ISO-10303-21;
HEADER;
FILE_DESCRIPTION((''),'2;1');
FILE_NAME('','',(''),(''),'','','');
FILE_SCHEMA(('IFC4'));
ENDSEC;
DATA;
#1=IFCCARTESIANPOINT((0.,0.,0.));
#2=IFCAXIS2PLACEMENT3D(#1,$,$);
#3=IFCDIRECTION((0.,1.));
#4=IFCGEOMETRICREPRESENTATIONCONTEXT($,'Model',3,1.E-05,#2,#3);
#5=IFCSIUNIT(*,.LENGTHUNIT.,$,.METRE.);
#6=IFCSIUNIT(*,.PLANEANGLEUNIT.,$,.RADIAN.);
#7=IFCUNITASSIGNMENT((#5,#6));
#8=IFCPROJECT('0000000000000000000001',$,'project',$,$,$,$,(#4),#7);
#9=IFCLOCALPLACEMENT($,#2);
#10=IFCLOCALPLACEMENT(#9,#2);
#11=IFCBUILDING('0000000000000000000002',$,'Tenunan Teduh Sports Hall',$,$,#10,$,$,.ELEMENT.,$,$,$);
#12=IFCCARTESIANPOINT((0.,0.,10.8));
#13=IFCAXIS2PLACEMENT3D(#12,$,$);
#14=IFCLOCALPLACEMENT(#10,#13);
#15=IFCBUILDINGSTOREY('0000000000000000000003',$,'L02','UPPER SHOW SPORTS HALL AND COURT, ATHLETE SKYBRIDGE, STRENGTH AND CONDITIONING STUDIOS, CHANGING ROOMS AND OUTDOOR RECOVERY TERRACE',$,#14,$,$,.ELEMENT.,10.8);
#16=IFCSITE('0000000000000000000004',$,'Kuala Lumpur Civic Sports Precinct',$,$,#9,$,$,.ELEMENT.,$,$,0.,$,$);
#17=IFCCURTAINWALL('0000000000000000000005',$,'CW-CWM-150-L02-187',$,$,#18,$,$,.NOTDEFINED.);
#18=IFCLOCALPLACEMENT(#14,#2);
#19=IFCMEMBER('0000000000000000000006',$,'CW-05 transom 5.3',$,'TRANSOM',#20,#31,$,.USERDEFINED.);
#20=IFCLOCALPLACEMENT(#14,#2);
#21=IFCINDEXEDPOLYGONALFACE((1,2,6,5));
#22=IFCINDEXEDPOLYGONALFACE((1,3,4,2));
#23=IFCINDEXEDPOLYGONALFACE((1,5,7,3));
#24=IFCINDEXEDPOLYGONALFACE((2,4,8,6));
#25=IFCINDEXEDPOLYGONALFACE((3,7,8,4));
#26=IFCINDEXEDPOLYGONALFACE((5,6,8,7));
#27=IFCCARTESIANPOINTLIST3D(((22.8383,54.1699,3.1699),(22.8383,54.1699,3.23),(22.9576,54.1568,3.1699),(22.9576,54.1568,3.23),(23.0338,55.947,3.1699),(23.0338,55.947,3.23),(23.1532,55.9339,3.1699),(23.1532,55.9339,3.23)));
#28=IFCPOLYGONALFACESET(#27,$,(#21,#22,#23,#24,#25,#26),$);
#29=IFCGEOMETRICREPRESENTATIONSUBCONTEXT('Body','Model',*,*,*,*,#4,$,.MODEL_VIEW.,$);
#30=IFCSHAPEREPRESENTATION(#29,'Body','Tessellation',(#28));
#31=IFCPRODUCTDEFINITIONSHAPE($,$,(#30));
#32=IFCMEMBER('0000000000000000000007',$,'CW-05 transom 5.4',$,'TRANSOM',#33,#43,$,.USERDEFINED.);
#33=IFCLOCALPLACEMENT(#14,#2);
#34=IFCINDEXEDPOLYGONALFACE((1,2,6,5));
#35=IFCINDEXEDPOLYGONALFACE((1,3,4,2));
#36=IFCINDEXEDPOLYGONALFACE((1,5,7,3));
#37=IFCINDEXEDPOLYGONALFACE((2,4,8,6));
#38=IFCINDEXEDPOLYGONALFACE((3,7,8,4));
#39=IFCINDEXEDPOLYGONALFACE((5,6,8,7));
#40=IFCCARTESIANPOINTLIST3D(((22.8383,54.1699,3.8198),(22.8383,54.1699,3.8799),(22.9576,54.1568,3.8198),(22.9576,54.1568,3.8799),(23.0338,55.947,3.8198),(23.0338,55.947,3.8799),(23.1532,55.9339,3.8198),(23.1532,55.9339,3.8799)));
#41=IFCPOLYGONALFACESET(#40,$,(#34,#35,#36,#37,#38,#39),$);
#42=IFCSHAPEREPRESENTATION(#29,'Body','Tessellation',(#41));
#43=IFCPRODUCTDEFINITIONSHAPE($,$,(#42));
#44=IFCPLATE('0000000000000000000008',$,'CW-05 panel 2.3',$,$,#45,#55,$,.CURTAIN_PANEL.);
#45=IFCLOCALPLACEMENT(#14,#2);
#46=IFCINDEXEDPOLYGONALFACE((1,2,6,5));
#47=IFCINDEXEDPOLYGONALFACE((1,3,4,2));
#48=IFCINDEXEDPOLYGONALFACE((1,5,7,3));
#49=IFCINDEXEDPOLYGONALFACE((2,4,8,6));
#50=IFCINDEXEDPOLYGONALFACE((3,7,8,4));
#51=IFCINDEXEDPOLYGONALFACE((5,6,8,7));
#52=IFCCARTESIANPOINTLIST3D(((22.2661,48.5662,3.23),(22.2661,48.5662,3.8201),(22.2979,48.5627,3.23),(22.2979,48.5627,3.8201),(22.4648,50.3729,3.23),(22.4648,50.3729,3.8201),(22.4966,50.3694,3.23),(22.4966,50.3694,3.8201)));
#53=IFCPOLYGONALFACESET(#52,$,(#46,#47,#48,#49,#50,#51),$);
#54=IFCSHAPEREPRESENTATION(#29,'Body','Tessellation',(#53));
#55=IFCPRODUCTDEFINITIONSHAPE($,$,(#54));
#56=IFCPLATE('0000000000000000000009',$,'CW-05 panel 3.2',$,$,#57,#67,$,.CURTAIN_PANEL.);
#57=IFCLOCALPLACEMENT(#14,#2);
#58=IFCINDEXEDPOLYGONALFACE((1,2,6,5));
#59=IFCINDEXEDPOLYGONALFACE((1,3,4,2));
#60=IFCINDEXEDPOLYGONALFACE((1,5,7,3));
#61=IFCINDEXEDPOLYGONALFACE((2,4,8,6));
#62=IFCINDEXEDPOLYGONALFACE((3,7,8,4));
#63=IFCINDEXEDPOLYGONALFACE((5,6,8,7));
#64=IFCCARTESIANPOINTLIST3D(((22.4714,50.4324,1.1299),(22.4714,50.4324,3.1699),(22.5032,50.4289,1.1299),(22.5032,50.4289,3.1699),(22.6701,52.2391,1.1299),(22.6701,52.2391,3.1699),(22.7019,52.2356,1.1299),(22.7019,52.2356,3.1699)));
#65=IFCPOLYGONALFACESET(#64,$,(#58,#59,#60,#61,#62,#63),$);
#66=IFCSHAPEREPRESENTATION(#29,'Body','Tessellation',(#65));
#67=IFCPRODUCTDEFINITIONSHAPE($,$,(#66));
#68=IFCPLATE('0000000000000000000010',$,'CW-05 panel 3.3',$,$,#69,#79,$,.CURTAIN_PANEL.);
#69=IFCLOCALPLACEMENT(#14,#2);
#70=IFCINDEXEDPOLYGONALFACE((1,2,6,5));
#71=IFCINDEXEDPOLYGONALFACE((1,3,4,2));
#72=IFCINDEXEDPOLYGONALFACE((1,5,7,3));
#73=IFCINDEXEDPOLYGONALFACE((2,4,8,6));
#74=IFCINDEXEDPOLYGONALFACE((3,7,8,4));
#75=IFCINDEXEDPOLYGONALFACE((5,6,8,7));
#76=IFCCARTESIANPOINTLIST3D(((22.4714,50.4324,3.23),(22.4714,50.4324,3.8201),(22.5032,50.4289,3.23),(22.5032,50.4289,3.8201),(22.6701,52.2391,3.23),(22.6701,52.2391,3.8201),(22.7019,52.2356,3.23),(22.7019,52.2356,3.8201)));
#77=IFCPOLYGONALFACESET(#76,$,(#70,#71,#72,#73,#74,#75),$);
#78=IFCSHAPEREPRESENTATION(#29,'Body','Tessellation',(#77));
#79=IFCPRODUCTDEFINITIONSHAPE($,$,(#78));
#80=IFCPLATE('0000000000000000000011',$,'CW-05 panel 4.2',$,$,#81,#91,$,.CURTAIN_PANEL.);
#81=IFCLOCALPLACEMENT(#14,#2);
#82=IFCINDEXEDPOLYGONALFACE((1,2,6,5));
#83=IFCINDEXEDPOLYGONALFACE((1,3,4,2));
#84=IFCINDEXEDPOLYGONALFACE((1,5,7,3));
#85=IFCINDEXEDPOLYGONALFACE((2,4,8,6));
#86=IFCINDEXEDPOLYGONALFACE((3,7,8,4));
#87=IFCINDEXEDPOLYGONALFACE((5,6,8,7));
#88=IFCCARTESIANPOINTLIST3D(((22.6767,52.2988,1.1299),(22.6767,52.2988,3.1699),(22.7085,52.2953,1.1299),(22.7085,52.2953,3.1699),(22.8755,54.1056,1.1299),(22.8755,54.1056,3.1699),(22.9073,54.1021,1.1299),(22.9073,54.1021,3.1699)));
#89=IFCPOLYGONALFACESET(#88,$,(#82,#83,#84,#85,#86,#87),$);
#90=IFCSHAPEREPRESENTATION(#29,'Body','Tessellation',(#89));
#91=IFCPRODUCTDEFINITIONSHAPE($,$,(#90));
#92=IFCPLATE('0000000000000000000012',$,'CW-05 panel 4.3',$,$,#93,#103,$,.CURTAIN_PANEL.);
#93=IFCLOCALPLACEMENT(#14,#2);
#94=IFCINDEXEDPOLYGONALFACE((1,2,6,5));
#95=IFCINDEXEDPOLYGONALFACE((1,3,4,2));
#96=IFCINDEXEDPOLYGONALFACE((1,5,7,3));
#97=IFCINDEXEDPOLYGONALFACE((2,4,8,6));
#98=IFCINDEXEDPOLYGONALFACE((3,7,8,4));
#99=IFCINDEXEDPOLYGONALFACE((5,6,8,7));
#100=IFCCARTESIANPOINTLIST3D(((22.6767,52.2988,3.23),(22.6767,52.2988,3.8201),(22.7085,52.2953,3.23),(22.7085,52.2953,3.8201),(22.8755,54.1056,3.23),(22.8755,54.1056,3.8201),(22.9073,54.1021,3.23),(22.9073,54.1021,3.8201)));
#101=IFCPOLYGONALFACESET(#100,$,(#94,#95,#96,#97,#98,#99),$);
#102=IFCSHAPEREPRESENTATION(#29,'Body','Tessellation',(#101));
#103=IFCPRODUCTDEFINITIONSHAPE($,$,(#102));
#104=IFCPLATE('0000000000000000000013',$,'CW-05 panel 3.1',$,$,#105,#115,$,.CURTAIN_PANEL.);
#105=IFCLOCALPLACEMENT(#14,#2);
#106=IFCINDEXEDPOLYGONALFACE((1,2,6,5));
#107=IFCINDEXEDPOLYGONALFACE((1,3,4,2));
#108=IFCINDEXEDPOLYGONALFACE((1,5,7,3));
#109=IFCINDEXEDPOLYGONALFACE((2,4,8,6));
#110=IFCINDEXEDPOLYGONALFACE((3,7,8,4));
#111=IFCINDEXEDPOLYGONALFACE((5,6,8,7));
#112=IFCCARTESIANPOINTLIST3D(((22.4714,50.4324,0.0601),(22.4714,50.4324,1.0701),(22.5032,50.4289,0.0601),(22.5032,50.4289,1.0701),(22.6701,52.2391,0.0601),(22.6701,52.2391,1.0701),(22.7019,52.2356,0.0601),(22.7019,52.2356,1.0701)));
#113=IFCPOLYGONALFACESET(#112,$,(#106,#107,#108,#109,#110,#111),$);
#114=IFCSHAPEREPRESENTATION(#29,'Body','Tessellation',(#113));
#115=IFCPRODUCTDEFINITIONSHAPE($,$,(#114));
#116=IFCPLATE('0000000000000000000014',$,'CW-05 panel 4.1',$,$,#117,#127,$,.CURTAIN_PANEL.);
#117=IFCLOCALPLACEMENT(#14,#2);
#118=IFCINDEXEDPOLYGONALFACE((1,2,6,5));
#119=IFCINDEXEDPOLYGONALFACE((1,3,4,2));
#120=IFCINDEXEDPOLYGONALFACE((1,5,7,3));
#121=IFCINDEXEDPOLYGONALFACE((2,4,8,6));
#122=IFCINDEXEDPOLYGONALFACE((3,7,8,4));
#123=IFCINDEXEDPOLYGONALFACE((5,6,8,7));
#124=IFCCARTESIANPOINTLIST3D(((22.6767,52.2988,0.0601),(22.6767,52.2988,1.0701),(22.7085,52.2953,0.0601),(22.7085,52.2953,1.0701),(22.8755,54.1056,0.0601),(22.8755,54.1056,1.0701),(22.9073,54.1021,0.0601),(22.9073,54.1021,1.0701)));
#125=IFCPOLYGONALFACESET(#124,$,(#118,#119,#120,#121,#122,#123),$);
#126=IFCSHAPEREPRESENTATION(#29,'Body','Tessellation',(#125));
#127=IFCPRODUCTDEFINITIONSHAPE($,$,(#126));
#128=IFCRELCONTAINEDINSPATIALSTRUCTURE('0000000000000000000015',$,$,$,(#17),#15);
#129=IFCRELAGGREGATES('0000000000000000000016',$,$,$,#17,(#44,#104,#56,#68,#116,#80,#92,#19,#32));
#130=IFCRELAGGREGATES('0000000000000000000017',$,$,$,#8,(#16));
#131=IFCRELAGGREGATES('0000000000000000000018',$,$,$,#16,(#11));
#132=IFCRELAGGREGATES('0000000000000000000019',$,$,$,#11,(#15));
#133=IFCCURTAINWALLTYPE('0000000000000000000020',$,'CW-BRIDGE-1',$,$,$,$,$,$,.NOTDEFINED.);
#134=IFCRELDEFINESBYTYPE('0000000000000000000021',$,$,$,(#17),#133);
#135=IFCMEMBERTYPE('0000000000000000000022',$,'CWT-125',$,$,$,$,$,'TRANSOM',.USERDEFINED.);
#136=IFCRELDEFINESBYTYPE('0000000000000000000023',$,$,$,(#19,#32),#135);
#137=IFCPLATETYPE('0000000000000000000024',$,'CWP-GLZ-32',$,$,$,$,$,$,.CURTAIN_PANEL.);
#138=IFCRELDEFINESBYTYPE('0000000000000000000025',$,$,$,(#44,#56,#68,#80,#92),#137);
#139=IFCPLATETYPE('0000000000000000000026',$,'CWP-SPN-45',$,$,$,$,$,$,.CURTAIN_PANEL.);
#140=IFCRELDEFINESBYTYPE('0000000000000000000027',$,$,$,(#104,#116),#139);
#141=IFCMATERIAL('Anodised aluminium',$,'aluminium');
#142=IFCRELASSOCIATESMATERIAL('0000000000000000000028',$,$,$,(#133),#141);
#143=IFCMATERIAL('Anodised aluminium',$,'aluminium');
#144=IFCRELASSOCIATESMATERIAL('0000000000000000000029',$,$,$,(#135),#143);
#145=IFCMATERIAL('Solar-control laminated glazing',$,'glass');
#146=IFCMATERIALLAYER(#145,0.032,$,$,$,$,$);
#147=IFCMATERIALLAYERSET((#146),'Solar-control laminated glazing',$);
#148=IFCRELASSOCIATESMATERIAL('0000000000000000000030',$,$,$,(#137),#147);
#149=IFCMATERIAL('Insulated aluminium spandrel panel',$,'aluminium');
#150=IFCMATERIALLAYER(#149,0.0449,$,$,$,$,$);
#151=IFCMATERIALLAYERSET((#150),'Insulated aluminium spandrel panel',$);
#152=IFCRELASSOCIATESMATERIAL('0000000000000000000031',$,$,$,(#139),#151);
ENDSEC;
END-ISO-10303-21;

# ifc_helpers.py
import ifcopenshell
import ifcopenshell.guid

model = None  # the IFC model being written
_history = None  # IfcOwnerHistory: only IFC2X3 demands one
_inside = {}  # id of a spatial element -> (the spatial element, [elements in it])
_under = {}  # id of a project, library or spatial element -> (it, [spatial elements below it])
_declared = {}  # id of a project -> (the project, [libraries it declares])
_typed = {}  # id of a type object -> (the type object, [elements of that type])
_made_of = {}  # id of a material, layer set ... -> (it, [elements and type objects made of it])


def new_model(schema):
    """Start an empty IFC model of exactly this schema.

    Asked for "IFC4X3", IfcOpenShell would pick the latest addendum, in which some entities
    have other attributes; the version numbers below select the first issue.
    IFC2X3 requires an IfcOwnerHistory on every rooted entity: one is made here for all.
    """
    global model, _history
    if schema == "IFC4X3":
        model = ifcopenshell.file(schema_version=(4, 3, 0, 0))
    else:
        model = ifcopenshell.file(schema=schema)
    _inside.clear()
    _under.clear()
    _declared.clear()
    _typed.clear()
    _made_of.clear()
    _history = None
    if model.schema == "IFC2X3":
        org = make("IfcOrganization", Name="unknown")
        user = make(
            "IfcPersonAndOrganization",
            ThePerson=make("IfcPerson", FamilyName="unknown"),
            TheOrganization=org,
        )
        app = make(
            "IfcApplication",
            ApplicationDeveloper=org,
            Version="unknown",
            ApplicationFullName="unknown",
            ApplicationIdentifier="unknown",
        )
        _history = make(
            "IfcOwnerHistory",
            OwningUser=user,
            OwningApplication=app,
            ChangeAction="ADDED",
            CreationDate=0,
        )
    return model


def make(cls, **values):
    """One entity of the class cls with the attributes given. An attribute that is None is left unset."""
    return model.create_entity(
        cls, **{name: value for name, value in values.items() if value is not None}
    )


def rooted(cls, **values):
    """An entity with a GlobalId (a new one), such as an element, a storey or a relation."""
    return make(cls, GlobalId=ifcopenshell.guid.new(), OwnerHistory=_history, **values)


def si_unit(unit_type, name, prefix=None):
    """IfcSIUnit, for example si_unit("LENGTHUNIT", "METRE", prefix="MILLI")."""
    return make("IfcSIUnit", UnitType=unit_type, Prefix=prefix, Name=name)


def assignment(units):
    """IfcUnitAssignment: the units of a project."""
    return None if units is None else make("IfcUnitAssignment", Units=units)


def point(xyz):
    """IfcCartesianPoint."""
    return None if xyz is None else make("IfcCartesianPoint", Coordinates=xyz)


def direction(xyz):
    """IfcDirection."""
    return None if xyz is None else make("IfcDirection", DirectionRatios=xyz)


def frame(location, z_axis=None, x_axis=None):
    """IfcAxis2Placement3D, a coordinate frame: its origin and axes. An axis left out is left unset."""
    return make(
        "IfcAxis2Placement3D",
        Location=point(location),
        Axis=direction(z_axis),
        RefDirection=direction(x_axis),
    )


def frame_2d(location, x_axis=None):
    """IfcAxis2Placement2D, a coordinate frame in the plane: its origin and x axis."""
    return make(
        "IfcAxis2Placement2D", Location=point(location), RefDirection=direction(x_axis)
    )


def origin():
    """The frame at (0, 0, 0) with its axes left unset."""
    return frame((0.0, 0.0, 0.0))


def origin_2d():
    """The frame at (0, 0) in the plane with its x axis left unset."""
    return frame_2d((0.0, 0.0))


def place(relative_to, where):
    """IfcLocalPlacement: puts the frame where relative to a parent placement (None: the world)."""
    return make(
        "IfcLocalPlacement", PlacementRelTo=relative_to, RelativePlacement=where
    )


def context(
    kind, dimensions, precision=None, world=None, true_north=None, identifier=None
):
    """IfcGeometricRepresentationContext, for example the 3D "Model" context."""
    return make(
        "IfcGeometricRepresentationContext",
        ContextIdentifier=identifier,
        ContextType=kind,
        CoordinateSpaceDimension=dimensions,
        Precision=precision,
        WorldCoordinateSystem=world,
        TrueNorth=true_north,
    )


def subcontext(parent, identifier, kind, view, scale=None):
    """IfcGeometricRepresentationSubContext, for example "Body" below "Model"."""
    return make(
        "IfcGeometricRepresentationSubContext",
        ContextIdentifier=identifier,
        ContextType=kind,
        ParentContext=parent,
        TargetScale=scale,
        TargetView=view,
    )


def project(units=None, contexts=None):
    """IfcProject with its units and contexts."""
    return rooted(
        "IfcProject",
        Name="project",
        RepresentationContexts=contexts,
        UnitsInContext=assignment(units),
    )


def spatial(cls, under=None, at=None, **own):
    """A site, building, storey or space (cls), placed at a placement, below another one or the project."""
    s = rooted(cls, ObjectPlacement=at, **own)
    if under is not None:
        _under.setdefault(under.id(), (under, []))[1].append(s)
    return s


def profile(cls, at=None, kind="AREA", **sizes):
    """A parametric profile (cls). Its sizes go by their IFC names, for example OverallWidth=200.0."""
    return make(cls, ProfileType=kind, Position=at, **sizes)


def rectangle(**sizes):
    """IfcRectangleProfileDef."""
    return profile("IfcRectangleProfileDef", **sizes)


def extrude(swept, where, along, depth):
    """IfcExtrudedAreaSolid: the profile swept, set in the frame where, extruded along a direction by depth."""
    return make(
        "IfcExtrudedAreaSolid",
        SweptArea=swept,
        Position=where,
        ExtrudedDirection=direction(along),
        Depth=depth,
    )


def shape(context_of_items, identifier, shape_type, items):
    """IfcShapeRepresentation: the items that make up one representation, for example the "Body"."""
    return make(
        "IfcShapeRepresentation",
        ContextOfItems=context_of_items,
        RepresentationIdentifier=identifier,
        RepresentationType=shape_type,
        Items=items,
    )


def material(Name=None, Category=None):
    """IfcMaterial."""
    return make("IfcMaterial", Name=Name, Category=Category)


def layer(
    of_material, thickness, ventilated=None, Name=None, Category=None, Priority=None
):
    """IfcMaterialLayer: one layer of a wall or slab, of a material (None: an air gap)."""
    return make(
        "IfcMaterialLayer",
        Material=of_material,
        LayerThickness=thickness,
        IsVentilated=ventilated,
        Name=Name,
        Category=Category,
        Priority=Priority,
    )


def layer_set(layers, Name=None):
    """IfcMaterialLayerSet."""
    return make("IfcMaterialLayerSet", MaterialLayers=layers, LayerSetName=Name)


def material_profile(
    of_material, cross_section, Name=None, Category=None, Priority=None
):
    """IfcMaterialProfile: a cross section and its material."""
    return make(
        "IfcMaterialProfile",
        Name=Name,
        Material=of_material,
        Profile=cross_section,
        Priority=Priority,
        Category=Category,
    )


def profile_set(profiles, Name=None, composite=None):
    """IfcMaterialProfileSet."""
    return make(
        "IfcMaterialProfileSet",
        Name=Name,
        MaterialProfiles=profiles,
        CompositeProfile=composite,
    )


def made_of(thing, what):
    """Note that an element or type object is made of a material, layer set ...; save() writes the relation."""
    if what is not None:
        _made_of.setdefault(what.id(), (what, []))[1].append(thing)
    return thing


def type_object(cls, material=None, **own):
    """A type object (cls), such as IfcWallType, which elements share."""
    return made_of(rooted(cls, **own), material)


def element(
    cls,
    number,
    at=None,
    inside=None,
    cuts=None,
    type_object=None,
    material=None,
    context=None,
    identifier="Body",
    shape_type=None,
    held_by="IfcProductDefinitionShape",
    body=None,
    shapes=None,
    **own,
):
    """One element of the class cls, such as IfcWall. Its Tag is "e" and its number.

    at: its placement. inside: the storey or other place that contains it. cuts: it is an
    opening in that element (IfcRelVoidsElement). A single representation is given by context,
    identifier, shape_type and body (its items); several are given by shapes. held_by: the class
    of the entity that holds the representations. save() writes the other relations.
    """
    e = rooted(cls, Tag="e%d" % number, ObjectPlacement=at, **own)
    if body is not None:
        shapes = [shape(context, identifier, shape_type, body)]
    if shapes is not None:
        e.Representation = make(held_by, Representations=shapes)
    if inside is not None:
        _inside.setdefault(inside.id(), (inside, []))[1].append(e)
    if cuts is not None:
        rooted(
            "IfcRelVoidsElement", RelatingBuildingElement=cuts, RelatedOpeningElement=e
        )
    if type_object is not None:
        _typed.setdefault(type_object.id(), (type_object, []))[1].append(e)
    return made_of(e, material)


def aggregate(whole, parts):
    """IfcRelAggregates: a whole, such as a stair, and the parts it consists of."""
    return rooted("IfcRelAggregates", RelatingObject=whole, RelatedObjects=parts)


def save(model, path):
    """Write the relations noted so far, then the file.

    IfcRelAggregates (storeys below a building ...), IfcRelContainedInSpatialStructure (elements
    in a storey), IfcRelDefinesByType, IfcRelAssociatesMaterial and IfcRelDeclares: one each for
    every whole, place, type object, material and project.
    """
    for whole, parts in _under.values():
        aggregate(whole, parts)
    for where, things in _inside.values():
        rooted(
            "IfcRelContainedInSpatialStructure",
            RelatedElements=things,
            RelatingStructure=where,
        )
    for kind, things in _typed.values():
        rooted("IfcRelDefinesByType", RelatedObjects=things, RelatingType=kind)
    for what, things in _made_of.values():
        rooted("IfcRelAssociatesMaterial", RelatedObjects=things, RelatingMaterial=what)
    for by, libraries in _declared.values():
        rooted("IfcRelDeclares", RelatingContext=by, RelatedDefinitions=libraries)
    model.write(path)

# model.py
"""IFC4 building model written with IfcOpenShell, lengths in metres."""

from ifc_helpers import new_model, si_unit, direction, frame, origin, origin_2d, place, context, subcontext, project, spatial, rectangle, extrude, material, layer, layer_set, material_profile, profile_set, type_object, element, aggregate, save


model = new_model("IFC4")

# Units and contexts
model_context = context("Model", 3, precision=1e-05, world=origin(), true_north=direction((0.0, 1.0)))
body_context = subcontext(model_context, "Body", "Model", "MODEL_VIEW")
ifc_project = project(units=[si_unit("LENGTHUNIT", "METRE"), si_unit("PLANEANGLEUNIT", "RADIAN")], contexts=[model_context])

# Site, building, storey
site_placement = place(None, origin())
site = spatial("IfcSite", under=ifc_project, at=site_placement, Name="Kuala Lumpur Civic Sports Precinct", CompositionType="ELEMENT", RefElevation=0.0)
building_placement = place(site_placement, origin())
building = spatial("IfcBuilding", under=site, at=building_placement, Name="Tenunan Teduh Sports Hall", CompositionType="ELEMENT")
storey_placement = place(building_placement, frame((0.0, 0.0, 10.8)))
storey = spatial("IfcBuildingStorey", under=building, at=storey_placement, Name="L02", Description="UPPER SHOW SPORTS HALL AND COURT, ATHLETE SKYBRIDGE, STRENGTH AND CONDITIONING STUDIOS, CHANGING ROOMS AND OUTDOOR RECOVERY TERRACE", CompositionType="ELEMENT", Elevation=10.8)

# Curtain wall, members, plates
ifc_material_1 = material(Name="Anodised aluminium", Category="aluminium")
curtain_wall_type = type_object("IfcCurtainWallType", Name="CW-BRIDGE-1", PredefinedType="NOTDEFINED", material=ifc_material_1)
curtain_wall_placement = place(storey_placement, origin())
curtain_wall = element("IfcCurtainWall", 1, at=curtain_wall_placement, inside=storey, type_object=curtain_wall_type, Name="CW-CWM-150-L02-187", PredefinedType="NOTDEFINED")
ifc_material_2 = material(Name="Anodised aluminium", Category="aluminium")
ifc_material_profile_1 = material_profile(ifc_material_2, rectangle(XDim=0.0601, YDim=0.1201, at=origin_2d()), Name="CWT 60x120")
ifc_profile_set_1 = profile_set([ifc_material_profile_1], Name="Anodised aluminium")
member_type_1 = type_object("IfcMemberType", Name="CWT-125", ElementType="TRANSOM", PredefinedType="USERDEFINED", material=ifc_profile_set_1)
member_1_placement = place(storey_placement, frame((22.8979, 54.1633, 3.2), z_axis=(0.109382, 0.994, 0.0), x_axis=(0.0, 0.0, 1.0)))
member_1 = element("IfcMember", 2, at=member_1_placement, type_object=member_type_1, Name="CW-05 transom 5.3", ObjectType="TRANSOM", PredefinedType="USERDEFINED", context=body_context, shape_type="SweptSolid", body=[
    extrude(rectangle(XDim=0.0601, YDim=0.1201, at=origin_2d()), origin(), (0.0, 0.0, 1.0), 1.7878),
])
member_2_placement = place(storey_placement, frame((22.8979, 54.1633, 3.8499), z_axis=(0.109382, 0.994, 0.0), x_axis=(0.0, 0.0, 1.0)))
member_2 = element("IfcMember", 3, at=member_2_placement, type_object=member_type_1, Name="CW-05 transom 5.4", ObjectType="TRANSOM", PredefinedType="USERDEFINED", context=body_context, shape_type="SweptSolid", body=[
    extrude(rectangle(XDim=0.0601, YDim=0.1201, at=origin_2d()), origin(), (0.0, 0.0, 1.0), 1.7878),
])
ifc_material_3 = material(Name="Solar-control laminated glazing", Category="glass")
ifc_layer_1 = layer(ifc_material_3, 0.032)
ifc_layer_set_1 = layer_set([ifc_layer_1], Name="Solar-control laminated glazing")
plate_type_1 = type_object("IfcPlateType", Name="CWP-GLZ-32", PredefinedType="CURTAIN_PANEL", material=ifc_layer_set_1)
plate_1_placement = place(storey_placement, frame((22.3813, 49.4678, 3.23), z_axis=(0.0, 0.0, 1.0), x_axis=(0.10934, 0.994004, 0.0)))
plate_1 = element("IfcPlate", 4, at=plate_1_placement, type_object=plate_type_1, Name="CW-05 panel 2.3", PredefinedType="CURTAIN_PANEL", context=body_context, shape_type="SweptSolid", body=[
    extrude(rectangle(XDim=1.8176, YDim=0.032, at=origin_2d()), origin(), (0.0, 0.0, 1.0), 0.5901),
])
plate_2_placement = place(storey_placement, frame((22.5867, 51.334, 1.1299), z_axis=(0.0, 0.0, 1.0), x_axis=(0.10934, 0.994004, 0.0)))
plate_2 = element("IfcPlate", 5, at=plate_2_placement, type_object=plate_type_1, Name="CW-05 panel 3.2", PredefinedType="CURTAIN_PANEL", context=body_context, shape_type="SweptSolid", body=[
    extrude(rectangle(XDim=1.8176, YDim=0.032, at=origin_2d()), origin(), (0.0, 0.0, 1.0), 2.04),
])
plate_3_placement = place(storey_placement, frame((22.5867, 51.334, 3.23), z_axis=(0.0, 0.0, 1.0), x_axis=(0.10934, 0.994004, 0.0)))
plate_3 = element("IfcPlate", 6, at=plate_3_placement, type_object=plate_type_1, Name="CW-05 panel 3.3", PredefinedType="CURTAIN_PANEL", context=body_context, shape_type="SweptSolid", body=[
    extrude(rectangle(XDim=1.8176, YDim=0.032, at=origin_2d()), origin(), (0.0, 0.0, 1.0), 0.5901),
])
plate_4_placement = place(storey_placement, frame((22.792, 53.2004, 1.1299), z_axis=(0.0, 0.0, 1.0), x_axis=(0.10934, 0.994004, 0.0)))
plate_4 = element("IfcPlate", 7, at=plate_4_placement, type_object=plate_type_1, Name="CW-05 panel 4.2", PredefinedType="CURTAIN_PANEL", context=body_context, shape_type="SweptSolid", body=[
    extrude(rectangle(XDim=1.8176, YDim=0.032, at=origin_2d()), origin(), (0.0, 0.0, 1.0), 2.04),
])
plate_5_placement = place(storey_placement, frame((22.792, 53.2004, 3.23), z_axis=(0.0, 0.0, 1.0), x_axis=(0.10934, 0.994004, 0.0)))
plate_5 = element("IfcPlate", 8, at=plate_5_placement, type_object=plate_type_1, Name="CW-05 panel 4.3", PredefinedType="CURTAIN_PANEL", context=body_context, shape_type="SweptSolid", body=[
    extrude(rectangle(XDim=1.8176, YDim=0.032, at=origin_2d()), origin(), (0.0, 0.0, 1.0), 0.5901),
])
ifc_material_4 = material(Name="Insulated aluminium spandrel panel", Category="aluminium")
ifc_layer_2 = layer(ifc_material_4, 0.0449)
ifc_layer_set_2 = layer_set([ifc_layer_2], Name="Insulated aluminium spandrel panel")
plate_type_2 = type_object("IfcPlateType", Name="CWP-SPN-45", PredefinedType="CURTAIN_PANEL", material=ifc_layer_set_2)
plate_6_placement = place(storey_placement, frame((22.5867, 51.334, 0.0601), z_axis=(0.0, 0.0, 1.0), x_axis=(0.10934, 0.994004, 0.0)))
plate_6 = element("IfcPlate", 9, at=plate_6_placement, type_object=plate_type_2, Name="CW-05 panel 3.1", PredefinedType="CURTAIN_PANEL", context=body_context, shape_type="SweptSolid", body=[
    extrude(rectangle(XDim=1.8176, YDim=0.032, at=origin_2d()), origin(), (0.0, 0.0, 1.0), 1.01),
])
plate_7_placement = place(storey_placement, frame((22.792, 53.2004, 0.0601), z_axis=(0.0, 0.0, 1.0), x_axis=(0.10934, 0.994004, 0.0)))
plate_7 = element("IfcPlate", 10, at=plate_7_placement, type_object=plate_type_2, Name="CW-05 panel 4.1", PredefinedType="CURTAIN_PANEL", context=body_context, shape_type="SweptSolid", body=[
    extrude(rectangle(XDim=1.8176, YDim=0.032, at=origin_2d()), origin(), (0.0, 0.0, 1.0), 1.01),
])
aggregate(curtain_wall, [plate_1, plate_6, plate_2, plate_3, plate_7, plate_4, plate_5, member_1, member_2])

save(model, "model.ifc")
